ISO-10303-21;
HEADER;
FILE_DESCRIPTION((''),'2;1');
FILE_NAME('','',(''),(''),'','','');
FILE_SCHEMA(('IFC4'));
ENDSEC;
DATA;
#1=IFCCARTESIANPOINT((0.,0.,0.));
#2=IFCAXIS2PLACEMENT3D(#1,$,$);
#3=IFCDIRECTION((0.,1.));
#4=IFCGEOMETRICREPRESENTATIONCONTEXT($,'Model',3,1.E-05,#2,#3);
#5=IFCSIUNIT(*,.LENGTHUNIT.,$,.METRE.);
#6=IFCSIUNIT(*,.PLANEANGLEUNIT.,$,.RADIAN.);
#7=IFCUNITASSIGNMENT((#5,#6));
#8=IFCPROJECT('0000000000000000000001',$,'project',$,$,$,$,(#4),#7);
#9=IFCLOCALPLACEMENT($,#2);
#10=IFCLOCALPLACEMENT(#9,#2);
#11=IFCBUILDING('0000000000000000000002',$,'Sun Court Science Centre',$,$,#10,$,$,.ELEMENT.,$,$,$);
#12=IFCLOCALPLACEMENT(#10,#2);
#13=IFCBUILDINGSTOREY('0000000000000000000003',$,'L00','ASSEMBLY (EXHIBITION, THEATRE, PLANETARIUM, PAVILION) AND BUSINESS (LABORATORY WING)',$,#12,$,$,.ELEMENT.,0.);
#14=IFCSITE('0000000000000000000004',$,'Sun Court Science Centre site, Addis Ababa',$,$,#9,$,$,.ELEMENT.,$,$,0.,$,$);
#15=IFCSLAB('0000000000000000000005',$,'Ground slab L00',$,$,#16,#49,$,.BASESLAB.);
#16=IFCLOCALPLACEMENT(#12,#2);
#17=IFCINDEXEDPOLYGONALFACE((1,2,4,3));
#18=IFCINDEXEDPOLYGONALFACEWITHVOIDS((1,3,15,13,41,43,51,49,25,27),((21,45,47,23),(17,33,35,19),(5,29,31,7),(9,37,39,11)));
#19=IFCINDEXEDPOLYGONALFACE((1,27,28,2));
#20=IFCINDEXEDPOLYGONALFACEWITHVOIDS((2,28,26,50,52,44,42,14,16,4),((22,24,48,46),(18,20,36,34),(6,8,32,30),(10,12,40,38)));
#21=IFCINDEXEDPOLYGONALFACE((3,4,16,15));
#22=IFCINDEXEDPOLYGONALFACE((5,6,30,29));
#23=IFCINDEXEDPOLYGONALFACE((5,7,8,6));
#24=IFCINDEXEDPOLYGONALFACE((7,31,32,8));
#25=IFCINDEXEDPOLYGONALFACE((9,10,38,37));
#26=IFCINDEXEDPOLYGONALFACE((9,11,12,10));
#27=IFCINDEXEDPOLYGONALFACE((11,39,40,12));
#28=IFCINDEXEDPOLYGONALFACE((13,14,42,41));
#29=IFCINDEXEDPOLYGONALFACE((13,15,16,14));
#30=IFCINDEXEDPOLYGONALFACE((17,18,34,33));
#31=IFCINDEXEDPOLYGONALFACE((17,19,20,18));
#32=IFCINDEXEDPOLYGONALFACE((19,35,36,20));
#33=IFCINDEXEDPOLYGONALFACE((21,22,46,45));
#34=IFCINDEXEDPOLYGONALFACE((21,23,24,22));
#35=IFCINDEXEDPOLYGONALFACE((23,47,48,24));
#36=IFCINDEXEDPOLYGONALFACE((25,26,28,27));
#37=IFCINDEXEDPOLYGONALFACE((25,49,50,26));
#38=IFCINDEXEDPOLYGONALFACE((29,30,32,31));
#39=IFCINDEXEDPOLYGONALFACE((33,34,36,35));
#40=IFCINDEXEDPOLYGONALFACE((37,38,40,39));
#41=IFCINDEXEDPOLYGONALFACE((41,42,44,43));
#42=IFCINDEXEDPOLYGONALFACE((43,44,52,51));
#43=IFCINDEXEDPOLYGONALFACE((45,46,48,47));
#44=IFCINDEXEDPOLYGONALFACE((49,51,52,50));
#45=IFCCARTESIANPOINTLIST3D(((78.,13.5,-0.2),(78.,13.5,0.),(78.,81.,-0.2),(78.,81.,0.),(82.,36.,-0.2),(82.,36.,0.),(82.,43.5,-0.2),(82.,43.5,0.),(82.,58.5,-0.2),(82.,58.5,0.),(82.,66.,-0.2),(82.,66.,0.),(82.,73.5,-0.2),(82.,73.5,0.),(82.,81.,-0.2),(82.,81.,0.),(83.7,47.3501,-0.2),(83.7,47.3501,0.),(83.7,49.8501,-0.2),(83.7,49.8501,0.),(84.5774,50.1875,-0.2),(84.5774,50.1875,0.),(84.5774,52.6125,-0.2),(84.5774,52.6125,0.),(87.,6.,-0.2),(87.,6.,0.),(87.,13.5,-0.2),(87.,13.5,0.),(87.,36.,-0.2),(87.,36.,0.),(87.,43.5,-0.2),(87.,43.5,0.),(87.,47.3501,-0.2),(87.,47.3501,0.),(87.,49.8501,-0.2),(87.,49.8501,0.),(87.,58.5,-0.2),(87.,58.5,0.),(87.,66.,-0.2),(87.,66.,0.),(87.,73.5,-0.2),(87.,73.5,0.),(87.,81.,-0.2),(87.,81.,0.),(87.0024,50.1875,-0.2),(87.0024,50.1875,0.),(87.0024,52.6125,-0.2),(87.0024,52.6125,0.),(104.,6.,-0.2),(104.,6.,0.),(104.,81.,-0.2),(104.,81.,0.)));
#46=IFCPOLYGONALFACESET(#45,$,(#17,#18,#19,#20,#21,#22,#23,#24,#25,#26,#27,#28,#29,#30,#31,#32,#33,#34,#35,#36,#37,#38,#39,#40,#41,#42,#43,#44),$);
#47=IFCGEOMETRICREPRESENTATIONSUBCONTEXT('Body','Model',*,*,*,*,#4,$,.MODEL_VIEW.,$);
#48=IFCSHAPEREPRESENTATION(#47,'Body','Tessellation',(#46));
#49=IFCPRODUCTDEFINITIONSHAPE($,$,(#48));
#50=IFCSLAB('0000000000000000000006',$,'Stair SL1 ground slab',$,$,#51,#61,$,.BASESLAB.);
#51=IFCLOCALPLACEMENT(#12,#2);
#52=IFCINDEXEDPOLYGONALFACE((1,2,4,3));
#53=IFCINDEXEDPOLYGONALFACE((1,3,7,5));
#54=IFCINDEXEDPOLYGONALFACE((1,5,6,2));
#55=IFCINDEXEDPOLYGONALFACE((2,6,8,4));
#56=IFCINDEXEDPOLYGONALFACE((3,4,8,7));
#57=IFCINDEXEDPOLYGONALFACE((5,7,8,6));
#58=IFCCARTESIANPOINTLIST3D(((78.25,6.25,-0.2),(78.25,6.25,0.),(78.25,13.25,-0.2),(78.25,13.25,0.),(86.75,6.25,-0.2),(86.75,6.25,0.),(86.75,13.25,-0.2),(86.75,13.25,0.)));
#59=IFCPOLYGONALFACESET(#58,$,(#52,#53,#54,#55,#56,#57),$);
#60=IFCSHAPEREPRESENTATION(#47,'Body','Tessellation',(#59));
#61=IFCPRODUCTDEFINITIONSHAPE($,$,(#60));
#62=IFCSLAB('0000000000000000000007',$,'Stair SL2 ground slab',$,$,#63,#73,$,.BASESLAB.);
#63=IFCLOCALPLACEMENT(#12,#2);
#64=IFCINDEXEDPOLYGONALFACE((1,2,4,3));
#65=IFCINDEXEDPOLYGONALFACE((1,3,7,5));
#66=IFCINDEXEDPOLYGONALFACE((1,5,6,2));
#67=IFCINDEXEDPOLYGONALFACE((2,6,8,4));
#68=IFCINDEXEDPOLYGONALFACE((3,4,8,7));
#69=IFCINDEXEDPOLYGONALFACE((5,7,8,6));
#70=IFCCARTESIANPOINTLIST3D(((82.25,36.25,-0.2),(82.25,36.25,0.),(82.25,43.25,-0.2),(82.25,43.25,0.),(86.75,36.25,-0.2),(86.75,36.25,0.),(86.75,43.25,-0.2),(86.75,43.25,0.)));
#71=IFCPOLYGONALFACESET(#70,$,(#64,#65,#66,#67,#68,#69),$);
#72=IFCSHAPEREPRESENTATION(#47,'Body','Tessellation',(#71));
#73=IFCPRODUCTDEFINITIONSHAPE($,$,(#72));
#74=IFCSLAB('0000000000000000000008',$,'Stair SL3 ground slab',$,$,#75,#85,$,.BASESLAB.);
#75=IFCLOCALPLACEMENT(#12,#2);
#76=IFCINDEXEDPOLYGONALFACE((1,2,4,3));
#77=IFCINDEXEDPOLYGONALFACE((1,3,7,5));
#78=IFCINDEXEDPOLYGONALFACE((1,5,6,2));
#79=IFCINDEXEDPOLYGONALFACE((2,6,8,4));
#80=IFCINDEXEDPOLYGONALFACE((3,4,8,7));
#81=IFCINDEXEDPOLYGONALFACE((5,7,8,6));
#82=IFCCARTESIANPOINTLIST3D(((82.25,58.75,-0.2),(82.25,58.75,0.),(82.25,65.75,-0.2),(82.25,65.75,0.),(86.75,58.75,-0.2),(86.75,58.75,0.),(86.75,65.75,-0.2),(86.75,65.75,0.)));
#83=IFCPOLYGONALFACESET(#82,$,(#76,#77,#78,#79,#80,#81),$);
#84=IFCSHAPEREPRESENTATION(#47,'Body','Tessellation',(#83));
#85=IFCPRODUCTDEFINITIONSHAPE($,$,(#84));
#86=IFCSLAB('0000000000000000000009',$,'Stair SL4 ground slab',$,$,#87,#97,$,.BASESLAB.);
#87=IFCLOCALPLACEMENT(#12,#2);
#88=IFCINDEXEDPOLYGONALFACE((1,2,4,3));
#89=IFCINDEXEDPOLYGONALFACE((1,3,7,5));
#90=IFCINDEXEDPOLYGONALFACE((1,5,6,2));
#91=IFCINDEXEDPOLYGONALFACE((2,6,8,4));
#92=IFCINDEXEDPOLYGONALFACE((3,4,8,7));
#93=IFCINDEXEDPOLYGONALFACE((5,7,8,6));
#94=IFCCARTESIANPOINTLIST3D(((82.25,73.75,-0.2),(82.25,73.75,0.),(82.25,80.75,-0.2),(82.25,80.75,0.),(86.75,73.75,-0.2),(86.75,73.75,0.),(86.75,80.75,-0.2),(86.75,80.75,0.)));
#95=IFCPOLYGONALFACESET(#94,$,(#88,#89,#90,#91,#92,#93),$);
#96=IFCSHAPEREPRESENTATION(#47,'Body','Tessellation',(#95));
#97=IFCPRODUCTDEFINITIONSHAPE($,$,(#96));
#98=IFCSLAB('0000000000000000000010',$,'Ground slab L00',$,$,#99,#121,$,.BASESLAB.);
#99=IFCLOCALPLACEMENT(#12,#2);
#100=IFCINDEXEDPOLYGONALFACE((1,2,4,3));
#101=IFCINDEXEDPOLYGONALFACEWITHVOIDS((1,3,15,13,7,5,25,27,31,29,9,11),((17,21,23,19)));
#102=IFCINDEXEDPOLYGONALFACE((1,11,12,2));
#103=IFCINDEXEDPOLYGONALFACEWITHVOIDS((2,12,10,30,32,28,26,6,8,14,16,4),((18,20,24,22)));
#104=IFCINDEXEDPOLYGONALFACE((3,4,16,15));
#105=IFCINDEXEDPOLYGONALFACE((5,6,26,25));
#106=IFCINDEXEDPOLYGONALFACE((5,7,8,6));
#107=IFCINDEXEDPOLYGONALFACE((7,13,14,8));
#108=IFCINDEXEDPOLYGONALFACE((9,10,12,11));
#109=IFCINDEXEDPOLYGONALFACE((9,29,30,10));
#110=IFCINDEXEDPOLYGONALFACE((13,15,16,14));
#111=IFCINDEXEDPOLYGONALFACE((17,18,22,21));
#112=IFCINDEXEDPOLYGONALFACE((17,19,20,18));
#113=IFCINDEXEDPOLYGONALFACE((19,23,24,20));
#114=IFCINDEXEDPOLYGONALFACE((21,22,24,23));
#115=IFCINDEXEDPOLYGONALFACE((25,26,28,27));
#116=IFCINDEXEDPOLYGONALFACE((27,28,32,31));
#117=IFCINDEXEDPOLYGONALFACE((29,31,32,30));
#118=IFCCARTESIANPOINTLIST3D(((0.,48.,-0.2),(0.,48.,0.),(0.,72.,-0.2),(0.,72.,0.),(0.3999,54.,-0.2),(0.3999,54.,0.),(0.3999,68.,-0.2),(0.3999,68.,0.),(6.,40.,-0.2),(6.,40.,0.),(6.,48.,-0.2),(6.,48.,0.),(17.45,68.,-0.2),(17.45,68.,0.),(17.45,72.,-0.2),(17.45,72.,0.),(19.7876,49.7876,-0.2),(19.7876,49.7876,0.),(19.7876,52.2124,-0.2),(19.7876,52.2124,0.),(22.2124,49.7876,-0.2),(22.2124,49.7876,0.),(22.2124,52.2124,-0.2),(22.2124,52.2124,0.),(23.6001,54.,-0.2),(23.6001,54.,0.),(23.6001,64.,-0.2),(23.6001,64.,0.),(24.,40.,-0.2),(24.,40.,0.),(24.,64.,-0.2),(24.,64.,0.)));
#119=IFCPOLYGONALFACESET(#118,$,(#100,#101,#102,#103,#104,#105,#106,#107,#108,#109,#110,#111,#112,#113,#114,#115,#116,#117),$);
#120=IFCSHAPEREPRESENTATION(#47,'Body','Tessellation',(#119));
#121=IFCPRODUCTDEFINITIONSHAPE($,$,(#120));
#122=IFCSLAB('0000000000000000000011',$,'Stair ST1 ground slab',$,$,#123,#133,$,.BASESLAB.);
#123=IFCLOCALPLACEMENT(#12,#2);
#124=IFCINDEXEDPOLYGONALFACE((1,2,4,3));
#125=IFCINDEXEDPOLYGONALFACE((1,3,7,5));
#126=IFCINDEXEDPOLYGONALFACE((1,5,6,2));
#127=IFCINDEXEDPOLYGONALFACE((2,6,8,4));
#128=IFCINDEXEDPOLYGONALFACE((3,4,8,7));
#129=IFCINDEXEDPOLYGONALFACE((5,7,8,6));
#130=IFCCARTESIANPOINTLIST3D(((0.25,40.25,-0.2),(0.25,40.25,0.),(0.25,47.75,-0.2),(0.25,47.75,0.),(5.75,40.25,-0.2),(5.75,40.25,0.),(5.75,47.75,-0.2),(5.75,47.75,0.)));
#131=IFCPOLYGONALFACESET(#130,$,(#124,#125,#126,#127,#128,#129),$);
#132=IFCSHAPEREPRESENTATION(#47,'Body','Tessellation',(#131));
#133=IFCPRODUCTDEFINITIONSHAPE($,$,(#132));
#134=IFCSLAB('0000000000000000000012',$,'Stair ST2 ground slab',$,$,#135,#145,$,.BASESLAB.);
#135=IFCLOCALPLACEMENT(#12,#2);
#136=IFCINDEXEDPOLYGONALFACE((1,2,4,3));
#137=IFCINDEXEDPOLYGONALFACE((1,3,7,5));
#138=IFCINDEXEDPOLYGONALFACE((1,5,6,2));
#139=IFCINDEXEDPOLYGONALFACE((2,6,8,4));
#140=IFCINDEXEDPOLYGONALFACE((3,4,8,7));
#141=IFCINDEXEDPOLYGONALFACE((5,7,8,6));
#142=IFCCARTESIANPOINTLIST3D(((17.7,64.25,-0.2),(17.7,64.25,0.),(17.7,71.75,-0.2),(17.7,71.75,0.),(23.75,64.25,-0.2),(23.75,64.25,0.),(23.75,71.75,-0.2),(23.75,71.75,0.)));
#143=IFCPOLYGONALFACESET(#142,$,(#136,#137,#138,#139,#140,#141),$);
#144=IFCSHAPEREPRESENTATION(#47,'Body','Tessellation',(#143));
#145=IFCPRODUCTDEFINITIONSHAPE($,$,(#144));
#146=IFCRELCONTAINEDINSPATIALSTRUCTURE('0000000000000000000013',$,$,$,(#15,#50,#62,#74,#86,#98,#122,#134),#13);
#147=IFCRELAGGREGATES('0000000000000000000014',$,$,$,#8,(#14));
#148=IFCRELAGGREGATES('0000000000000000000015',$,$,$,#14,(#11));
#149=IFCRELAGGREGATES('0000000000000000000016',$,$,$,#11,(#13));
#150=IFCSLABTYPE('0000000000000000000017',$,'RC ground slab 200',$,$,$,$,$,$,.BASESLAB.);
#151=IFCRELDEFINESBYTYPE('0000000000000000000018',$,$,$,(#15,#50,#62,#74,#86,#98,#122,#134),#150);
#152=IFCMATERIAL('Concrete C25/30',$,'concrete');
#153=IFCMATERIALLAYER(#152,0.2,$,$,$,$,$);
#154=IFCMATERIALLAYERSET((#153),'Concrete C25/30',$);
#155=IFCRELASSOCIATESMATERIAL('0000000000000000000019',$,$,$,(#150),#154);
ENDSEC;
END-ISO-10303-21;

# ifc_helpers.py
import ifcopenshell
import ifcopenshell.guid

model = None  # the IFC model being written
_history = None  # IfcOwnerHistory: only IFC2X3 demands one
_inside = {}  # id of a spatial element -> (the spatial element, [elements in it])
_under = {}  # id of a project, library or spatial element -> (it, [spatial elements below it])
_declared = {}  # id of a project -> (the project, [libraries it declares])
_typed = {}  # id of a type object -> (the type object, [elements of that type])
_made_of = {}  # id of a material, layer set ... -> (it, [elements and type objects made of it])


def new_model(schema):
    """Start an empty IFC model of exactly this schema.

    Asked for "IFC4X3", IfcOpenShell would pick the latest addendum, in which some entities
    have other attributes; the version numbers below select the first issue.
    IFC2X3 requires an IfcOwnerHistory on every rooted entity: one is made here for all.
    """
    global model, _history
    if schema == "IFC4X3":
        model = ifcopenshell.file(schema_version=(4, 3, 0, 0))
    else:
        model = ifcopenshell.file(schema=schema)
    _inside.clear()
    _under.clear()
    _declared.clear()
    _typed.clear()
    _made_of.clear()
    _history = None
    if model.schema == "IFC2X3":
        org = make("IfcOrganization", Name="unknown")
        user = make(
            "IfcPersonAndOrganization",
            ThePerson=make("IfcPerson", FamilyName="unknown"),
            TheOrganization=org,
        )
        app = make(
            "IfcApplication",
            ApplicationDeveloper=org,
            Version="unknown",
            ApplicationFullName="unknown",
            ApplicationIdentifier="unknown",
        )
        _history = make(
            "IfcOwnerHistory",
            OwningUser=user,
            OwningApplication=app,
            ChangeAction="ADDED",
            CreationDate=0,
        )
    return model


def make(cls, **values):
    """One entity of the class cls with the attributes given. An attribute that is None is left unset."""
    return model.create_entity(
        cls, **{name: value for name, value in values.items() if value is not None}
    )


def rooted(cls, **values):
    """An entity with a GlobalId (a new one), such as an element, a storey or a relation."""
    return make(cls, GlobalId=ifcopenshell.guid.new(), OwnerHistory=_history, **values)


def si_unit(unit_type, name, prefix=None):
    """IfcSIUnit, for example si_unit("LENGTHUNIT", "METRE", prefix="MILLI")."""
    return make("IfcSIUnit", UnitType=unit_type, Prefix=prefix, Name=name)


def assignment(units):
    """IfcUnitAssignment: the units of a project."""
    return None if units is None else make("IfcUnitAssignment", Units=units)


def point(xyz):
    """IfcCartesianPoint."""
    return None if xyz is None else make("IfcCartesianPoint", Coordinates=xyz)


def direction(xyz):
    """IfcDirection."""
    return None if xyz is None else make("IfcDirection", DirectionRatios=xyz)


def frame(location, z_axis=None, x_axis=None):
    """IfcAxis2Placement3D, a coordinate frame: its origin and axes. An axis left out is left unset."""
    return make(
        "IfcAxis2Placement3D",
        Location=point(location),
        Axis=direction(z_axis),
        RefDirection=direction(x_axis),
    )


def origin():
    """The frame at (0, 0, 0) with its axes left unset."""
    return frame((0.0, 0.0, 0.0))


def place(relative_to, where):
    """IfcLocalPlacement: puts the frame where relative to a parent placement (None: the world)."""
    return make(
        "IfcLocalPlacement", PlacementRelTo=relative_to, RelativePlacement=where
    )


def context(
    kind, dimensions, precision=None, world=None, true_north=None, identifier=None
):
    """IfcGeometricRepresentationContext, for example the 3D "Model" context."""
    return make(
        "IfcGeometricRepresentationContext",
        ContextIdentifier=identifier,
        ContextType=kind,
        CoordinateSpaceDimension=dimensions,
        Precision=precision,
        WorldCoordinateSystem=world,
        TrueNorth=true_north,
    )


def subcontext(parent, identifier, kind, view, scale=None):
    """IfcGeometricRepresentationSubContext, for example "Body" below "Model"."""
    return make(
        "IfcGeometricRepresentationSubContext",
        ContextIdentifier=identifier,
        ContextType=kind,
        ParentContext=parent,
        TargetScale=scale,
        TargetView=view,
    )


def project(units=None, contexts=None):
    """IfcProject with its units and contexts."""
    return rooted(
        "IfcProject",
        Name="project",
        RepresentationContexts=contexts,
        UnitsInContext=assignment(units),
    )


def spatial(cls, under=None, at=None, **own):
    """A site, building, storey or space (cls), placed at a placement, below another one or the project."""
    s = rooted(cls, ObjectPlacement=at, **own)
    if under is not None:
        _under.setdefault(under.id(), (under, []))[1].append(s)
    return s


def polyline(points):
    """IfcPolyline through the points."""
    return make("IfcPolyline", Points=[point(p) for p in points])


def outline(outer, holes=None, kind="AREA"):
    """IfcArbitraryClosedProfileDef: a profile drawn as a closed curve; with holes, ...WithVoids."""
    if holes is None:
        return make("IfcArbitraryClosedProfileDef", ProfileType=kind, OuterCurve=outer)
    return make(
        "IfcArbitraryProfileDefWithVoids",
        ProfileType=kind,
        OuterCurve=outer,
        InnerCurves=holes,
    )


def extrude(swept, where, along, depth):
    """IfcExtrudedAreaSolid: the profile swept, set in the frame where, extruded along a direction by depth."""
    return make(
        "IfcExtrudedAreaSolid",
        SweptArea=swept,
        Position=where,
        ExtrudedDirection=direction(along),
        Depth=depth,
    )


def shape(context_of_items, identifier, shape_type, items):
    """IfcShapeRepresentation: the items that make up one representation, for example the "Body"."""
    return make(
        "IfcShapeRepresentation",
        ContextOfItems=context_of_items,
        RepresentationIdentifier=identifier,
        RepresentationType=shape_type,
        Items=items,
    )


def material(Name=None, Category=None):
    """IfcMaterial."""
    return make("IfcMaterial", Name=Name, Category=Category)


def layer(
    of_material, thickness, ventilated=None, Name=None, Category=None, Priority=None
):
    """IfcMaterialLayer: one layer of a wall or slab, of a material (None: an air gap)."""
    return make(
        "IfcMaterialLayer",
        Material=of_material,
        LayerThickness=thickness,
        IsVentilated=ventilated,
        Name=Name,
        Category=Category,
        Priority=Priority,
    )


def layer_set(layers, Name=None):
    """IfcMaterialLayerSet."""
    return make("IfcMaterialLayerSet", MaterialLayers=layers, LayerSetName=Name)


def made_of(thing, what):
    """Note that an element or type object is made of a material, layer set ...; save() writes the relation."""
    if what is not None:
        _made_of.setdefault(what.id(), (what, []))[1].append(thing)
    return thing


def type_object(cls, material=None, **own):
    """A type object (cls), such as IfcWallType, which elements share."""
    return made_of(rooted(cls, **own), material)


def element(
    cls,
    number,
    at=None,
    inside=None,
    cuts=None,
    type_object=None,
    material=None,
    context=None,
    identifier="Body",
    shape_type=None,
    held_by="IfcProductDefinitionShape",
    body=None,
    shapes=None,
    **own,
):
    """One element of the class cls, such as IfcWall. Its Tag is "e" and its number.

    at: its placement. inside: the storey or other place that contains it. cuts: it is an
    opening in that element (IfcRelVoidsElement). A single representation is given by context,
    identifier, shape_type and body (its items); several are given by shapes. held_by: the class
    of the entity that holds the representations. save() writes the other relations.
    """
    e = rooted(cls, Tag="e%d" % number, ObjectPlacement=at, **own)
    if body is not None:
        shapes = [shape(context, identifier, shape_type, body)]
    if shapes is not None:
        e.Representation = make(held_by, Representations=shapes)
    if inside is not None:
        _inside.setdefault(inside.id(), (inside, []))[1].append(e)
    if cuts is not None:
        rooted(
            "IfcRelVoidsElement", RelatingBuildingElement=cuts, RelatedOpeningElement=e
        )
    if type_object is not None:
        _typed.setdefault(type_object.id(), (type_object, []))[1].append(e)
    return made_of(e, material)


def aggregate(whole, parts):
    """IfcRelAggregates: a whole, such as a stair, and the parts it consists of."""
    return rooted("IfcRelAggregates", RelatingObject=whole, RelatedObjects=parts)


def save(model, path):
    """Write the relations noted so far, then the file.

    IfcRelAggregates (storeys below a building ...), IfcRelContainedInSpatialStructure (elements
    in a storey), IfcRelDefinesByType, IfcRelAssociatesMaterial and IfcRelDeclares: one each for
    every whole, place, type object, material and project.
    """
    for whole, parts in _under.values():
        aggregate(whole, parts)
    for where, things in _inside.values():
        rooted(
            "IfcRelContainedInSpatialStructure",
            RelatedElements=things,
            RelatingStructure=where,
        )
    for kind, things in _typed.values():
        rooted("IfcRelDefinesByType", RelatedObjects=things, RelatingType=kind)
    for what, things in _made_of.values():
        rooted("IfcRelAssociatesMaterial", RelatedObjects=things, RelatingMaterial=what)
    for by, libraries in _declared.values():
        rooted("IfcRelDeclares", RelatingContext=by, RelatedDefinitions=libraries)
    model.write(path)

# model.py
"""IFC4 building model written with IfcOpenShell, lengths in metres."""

from ifc_helpers import new_model, si_unit, direction, frame, origin, place, context, subcontext, project, spatial, polyline, outline, extrude, material, layer, layer_set, type_object, element, save


model = new_model("IFC4")

# Units and contexts
model_context = context("Model", 3, precision=1e-05, world=origin(), true_north=direction((0.0, 1.0)))
body_context = subcontext(model_context, "Body", "Model", "MODEL_VIEW")
ifc_project = project(units=[si_unit("LENGTHUNIT", "METRE"), si_unit("PLANEANGLEUNIT", "RADIAN")], contexts=[model_context])

# Site, building, storey
site_placement = place(None, origin())
site = spatial("IfcSite", under=ifc_project, at=site_placement, Name="Sun Court Science Centre site, Addis Ababa", CompositionType="ELEMENT", RefElevation=0.0)
building_placement = place(site_placement, origin())
building = spatial("IfcBuilding", under=site, at=building_placement, Name="Sun Court Science Centre", CompositionType="ELEMENT")
storey_placement = place(building_placement, origin())
storey = spatial("IfcBuildingStorey", under=building, at=storey_placement, Name="L00", Description="ASSEMBLY (EXHIBITION, THEATRE, PLANETARIUM, PAVILION) AND BUSINESS (LABORATORY WING)", CompositionType="ELEMENT", Elevation=0.0)

# Slabs
ifc_material_1 = material(Name="Concrete C25/30", Category="concrete")
ifc_layer_1 = layer(ifc_material_1, 0.2)
ifc_layer_set_1 = layer_set([ifc_layer_1], Name="Concrete C25/30")
slab_type = type_object("IfcSlabType", Name="RC ground slab 200", PredefinedType="BASESLAB", material=ifc_layer_set_1)
slab_1_placement = place(storey_placement, frame((0.0, 0.0, -0.2)))
element("IfcSlab", 1, at=slab_1_placement, inside=storey, type_object=slab_type, Name="Ground slab L00", PredefinedType="BASESLAB", context=body_context, shape_type="SweptSolid", body=[
    extrude(outline(polyline([(104.0, 81.0), (87.0, 81.0), (87.0, 73.5), (82.0, 73.5), (82.0, 81.0), (78.0, 81.0), (78.0, 13.5), (87.0, 13.5), (87.0, 6.0), (104.0, 6.0), (104.0, 81.0)]), holes=[polyline([(84.5774, 52.6125), (87.0024, 52.6125), (87.0024, 50.1875), (84.5774, 50.1875), (84.5774, 52.6125)]), polyline([(87.0, 43.5), (87.0, 36.0), (82.0, 36.0), (82.0, 43.5), (87.0, 43.5)]), polyline([(87.0, 49.8501), (87.0, 47.3501), (83.7, 47.3501), (83.7, 49.8501), (87.0, 49.8501)]), polyline([(87.0, 66.0), (87.0, 58.5), (82.0, 58.5), (82.0, 66.0), (87.0, 66.0)])]), origin(), (0.0, 0.0, 1.0), 0.2),
])
slab_2_placement = place(storey_placement, frame((0.0, 0.0, -0.2)))
element("IfcSlab", 2, at=slab_2_placement, inside=storey, type_object=slab_type, Name="Stair SL1 ground slab", PredefinedType="BASESLAB", context=body_context, shape_type="SweptSolid", body=[
    extrude(outline(polyline([(78.25, 6.25), (86.75, 6.25), (86.75, 13.25), (78.25, 13.25), (78.25, 6.25)])), origin(), (0.0, 0.0, 1.0), 0.2),
])
slab_3_placement = place(storey_placement, frame((0.0, 0.0, -0.2)))
element("IfcSlab", 3, at=slab_3_placement, inside=storey, type_object=slab_type, Name="Stair SL2 ground slab", PredefinedType="BASESLAB", context=body_context, shape_type="SweptSolid", body=[
    extrude(outline(polyline([(82.25, 36.25), (86.75, 36.25), (86.75, 43.25), (82.25, 43.25), (82.25, 36.25)])), origin(), (0.0, 0.0, 1.0), 0.2),
])
slab_4_placement = place(storey_placement, frame((0.0, 0.0, -0.2)))
element("IfcSlab", 4, at=slab_4_placement, inside=storey, type_object=slab_type, Name="Stair SL3 ground slab", PredefinedType="BASESLAB", context=body_context, shape_type="SweptSolid", body=[
    extrude(outline(polyline([(82.25, 58.75), (86.75, 58.75), (86.75, 65.75), (82.25, 65.75), (82.25, 58.75)])), origin(), (0.0, 0.0, 1.0), 0.2),
])
slab_5_placement = place(storey_placement, frame((0.0, 0.0, -0.2)))
element("IfcSlab", 5, at=slab_5_placement, inside=storey, type_object=slab_type, Name="Stair SL4 ground slab", PredefinedType="BASESLAB", context=body_context, shape_type="SweptSolid", body=[
    extrude(outline(polyline([(82.25, 73.75), (86.75, 73.75), (86.75, 80.75), (82.25, 80.75), (82.25, 73.75)])), origin(), (0.0, 0.0, 1.0), 0.2),
])
slab_6_placement = place(storey_placement, frame((0.0, 0.0, -0.2)))
element("IfcSlab", 6, at=slab_6_placement, inside=storey, type_object=slab_type, Name="Ground slab L00", PredefinedType="BASESLAB", context=body_context, shape_type="SweptSolid", body=[
    extrude(outline(polyline([(0.0, 72.0), (0.0, 48.0), (6.0, 48.0), (6.0, 40.0), (24.0, 40.0), (24.0, 64.0), (23.6001, 64.0), (23.6001, 54.0), (0.3999, 54.0), (0.3999, 68.0), (17.45, 68.0), (17.45, 72.0), (0.0, 72.0)]), holes=[polyline([(19.7876, 52.2124), (22.2124, 52.2124), (22.2124, 49.7876), (19.7876, 49.7876), (19.7876, 52.2124)])]), origin(), (0.0, 0.0, 1.0), 0.2),
])
slab_7_placement = place(storey_placement, frame((0.0, 0.0, -0.2)))
element("IfcSlab", 7, at=slab_7_placement, inside=storey, type_object=slab_type, Name="Stair ST1 ground slab", PredefinedType="BASESLAB", context=body_context, shape_type="SweptSolid", body=[
    extrude(outline(polyline([(0.25, 40.25), (5.75, 40.25), (5.75, 47.75), (0.25, 47.75), (0.25, 40.25)])), origin(), (0.0, 0.0, 1.0), 0.2),
])
slab_8_placement = place(storey_placement, frame((0.0, 0.0, -0.2)))
element("IfcSlab", 8, at=slab_8_placement, inside=storey, type_object=slab_type, Name="Stair ST2 ground slab", PredefinedType="BASESLAB", context=body_context, shape_type="SweptSolid", body=[
    extrude(outline(polyline([(17.7, 64.25), (23.75, 64.25), (23.75, 71.75), (17.7, 71.75), (17.7, 64.25)])), origin(), (0.0, 0.0, 1.0), 0.2),
])

save(model, "model.ifc")
